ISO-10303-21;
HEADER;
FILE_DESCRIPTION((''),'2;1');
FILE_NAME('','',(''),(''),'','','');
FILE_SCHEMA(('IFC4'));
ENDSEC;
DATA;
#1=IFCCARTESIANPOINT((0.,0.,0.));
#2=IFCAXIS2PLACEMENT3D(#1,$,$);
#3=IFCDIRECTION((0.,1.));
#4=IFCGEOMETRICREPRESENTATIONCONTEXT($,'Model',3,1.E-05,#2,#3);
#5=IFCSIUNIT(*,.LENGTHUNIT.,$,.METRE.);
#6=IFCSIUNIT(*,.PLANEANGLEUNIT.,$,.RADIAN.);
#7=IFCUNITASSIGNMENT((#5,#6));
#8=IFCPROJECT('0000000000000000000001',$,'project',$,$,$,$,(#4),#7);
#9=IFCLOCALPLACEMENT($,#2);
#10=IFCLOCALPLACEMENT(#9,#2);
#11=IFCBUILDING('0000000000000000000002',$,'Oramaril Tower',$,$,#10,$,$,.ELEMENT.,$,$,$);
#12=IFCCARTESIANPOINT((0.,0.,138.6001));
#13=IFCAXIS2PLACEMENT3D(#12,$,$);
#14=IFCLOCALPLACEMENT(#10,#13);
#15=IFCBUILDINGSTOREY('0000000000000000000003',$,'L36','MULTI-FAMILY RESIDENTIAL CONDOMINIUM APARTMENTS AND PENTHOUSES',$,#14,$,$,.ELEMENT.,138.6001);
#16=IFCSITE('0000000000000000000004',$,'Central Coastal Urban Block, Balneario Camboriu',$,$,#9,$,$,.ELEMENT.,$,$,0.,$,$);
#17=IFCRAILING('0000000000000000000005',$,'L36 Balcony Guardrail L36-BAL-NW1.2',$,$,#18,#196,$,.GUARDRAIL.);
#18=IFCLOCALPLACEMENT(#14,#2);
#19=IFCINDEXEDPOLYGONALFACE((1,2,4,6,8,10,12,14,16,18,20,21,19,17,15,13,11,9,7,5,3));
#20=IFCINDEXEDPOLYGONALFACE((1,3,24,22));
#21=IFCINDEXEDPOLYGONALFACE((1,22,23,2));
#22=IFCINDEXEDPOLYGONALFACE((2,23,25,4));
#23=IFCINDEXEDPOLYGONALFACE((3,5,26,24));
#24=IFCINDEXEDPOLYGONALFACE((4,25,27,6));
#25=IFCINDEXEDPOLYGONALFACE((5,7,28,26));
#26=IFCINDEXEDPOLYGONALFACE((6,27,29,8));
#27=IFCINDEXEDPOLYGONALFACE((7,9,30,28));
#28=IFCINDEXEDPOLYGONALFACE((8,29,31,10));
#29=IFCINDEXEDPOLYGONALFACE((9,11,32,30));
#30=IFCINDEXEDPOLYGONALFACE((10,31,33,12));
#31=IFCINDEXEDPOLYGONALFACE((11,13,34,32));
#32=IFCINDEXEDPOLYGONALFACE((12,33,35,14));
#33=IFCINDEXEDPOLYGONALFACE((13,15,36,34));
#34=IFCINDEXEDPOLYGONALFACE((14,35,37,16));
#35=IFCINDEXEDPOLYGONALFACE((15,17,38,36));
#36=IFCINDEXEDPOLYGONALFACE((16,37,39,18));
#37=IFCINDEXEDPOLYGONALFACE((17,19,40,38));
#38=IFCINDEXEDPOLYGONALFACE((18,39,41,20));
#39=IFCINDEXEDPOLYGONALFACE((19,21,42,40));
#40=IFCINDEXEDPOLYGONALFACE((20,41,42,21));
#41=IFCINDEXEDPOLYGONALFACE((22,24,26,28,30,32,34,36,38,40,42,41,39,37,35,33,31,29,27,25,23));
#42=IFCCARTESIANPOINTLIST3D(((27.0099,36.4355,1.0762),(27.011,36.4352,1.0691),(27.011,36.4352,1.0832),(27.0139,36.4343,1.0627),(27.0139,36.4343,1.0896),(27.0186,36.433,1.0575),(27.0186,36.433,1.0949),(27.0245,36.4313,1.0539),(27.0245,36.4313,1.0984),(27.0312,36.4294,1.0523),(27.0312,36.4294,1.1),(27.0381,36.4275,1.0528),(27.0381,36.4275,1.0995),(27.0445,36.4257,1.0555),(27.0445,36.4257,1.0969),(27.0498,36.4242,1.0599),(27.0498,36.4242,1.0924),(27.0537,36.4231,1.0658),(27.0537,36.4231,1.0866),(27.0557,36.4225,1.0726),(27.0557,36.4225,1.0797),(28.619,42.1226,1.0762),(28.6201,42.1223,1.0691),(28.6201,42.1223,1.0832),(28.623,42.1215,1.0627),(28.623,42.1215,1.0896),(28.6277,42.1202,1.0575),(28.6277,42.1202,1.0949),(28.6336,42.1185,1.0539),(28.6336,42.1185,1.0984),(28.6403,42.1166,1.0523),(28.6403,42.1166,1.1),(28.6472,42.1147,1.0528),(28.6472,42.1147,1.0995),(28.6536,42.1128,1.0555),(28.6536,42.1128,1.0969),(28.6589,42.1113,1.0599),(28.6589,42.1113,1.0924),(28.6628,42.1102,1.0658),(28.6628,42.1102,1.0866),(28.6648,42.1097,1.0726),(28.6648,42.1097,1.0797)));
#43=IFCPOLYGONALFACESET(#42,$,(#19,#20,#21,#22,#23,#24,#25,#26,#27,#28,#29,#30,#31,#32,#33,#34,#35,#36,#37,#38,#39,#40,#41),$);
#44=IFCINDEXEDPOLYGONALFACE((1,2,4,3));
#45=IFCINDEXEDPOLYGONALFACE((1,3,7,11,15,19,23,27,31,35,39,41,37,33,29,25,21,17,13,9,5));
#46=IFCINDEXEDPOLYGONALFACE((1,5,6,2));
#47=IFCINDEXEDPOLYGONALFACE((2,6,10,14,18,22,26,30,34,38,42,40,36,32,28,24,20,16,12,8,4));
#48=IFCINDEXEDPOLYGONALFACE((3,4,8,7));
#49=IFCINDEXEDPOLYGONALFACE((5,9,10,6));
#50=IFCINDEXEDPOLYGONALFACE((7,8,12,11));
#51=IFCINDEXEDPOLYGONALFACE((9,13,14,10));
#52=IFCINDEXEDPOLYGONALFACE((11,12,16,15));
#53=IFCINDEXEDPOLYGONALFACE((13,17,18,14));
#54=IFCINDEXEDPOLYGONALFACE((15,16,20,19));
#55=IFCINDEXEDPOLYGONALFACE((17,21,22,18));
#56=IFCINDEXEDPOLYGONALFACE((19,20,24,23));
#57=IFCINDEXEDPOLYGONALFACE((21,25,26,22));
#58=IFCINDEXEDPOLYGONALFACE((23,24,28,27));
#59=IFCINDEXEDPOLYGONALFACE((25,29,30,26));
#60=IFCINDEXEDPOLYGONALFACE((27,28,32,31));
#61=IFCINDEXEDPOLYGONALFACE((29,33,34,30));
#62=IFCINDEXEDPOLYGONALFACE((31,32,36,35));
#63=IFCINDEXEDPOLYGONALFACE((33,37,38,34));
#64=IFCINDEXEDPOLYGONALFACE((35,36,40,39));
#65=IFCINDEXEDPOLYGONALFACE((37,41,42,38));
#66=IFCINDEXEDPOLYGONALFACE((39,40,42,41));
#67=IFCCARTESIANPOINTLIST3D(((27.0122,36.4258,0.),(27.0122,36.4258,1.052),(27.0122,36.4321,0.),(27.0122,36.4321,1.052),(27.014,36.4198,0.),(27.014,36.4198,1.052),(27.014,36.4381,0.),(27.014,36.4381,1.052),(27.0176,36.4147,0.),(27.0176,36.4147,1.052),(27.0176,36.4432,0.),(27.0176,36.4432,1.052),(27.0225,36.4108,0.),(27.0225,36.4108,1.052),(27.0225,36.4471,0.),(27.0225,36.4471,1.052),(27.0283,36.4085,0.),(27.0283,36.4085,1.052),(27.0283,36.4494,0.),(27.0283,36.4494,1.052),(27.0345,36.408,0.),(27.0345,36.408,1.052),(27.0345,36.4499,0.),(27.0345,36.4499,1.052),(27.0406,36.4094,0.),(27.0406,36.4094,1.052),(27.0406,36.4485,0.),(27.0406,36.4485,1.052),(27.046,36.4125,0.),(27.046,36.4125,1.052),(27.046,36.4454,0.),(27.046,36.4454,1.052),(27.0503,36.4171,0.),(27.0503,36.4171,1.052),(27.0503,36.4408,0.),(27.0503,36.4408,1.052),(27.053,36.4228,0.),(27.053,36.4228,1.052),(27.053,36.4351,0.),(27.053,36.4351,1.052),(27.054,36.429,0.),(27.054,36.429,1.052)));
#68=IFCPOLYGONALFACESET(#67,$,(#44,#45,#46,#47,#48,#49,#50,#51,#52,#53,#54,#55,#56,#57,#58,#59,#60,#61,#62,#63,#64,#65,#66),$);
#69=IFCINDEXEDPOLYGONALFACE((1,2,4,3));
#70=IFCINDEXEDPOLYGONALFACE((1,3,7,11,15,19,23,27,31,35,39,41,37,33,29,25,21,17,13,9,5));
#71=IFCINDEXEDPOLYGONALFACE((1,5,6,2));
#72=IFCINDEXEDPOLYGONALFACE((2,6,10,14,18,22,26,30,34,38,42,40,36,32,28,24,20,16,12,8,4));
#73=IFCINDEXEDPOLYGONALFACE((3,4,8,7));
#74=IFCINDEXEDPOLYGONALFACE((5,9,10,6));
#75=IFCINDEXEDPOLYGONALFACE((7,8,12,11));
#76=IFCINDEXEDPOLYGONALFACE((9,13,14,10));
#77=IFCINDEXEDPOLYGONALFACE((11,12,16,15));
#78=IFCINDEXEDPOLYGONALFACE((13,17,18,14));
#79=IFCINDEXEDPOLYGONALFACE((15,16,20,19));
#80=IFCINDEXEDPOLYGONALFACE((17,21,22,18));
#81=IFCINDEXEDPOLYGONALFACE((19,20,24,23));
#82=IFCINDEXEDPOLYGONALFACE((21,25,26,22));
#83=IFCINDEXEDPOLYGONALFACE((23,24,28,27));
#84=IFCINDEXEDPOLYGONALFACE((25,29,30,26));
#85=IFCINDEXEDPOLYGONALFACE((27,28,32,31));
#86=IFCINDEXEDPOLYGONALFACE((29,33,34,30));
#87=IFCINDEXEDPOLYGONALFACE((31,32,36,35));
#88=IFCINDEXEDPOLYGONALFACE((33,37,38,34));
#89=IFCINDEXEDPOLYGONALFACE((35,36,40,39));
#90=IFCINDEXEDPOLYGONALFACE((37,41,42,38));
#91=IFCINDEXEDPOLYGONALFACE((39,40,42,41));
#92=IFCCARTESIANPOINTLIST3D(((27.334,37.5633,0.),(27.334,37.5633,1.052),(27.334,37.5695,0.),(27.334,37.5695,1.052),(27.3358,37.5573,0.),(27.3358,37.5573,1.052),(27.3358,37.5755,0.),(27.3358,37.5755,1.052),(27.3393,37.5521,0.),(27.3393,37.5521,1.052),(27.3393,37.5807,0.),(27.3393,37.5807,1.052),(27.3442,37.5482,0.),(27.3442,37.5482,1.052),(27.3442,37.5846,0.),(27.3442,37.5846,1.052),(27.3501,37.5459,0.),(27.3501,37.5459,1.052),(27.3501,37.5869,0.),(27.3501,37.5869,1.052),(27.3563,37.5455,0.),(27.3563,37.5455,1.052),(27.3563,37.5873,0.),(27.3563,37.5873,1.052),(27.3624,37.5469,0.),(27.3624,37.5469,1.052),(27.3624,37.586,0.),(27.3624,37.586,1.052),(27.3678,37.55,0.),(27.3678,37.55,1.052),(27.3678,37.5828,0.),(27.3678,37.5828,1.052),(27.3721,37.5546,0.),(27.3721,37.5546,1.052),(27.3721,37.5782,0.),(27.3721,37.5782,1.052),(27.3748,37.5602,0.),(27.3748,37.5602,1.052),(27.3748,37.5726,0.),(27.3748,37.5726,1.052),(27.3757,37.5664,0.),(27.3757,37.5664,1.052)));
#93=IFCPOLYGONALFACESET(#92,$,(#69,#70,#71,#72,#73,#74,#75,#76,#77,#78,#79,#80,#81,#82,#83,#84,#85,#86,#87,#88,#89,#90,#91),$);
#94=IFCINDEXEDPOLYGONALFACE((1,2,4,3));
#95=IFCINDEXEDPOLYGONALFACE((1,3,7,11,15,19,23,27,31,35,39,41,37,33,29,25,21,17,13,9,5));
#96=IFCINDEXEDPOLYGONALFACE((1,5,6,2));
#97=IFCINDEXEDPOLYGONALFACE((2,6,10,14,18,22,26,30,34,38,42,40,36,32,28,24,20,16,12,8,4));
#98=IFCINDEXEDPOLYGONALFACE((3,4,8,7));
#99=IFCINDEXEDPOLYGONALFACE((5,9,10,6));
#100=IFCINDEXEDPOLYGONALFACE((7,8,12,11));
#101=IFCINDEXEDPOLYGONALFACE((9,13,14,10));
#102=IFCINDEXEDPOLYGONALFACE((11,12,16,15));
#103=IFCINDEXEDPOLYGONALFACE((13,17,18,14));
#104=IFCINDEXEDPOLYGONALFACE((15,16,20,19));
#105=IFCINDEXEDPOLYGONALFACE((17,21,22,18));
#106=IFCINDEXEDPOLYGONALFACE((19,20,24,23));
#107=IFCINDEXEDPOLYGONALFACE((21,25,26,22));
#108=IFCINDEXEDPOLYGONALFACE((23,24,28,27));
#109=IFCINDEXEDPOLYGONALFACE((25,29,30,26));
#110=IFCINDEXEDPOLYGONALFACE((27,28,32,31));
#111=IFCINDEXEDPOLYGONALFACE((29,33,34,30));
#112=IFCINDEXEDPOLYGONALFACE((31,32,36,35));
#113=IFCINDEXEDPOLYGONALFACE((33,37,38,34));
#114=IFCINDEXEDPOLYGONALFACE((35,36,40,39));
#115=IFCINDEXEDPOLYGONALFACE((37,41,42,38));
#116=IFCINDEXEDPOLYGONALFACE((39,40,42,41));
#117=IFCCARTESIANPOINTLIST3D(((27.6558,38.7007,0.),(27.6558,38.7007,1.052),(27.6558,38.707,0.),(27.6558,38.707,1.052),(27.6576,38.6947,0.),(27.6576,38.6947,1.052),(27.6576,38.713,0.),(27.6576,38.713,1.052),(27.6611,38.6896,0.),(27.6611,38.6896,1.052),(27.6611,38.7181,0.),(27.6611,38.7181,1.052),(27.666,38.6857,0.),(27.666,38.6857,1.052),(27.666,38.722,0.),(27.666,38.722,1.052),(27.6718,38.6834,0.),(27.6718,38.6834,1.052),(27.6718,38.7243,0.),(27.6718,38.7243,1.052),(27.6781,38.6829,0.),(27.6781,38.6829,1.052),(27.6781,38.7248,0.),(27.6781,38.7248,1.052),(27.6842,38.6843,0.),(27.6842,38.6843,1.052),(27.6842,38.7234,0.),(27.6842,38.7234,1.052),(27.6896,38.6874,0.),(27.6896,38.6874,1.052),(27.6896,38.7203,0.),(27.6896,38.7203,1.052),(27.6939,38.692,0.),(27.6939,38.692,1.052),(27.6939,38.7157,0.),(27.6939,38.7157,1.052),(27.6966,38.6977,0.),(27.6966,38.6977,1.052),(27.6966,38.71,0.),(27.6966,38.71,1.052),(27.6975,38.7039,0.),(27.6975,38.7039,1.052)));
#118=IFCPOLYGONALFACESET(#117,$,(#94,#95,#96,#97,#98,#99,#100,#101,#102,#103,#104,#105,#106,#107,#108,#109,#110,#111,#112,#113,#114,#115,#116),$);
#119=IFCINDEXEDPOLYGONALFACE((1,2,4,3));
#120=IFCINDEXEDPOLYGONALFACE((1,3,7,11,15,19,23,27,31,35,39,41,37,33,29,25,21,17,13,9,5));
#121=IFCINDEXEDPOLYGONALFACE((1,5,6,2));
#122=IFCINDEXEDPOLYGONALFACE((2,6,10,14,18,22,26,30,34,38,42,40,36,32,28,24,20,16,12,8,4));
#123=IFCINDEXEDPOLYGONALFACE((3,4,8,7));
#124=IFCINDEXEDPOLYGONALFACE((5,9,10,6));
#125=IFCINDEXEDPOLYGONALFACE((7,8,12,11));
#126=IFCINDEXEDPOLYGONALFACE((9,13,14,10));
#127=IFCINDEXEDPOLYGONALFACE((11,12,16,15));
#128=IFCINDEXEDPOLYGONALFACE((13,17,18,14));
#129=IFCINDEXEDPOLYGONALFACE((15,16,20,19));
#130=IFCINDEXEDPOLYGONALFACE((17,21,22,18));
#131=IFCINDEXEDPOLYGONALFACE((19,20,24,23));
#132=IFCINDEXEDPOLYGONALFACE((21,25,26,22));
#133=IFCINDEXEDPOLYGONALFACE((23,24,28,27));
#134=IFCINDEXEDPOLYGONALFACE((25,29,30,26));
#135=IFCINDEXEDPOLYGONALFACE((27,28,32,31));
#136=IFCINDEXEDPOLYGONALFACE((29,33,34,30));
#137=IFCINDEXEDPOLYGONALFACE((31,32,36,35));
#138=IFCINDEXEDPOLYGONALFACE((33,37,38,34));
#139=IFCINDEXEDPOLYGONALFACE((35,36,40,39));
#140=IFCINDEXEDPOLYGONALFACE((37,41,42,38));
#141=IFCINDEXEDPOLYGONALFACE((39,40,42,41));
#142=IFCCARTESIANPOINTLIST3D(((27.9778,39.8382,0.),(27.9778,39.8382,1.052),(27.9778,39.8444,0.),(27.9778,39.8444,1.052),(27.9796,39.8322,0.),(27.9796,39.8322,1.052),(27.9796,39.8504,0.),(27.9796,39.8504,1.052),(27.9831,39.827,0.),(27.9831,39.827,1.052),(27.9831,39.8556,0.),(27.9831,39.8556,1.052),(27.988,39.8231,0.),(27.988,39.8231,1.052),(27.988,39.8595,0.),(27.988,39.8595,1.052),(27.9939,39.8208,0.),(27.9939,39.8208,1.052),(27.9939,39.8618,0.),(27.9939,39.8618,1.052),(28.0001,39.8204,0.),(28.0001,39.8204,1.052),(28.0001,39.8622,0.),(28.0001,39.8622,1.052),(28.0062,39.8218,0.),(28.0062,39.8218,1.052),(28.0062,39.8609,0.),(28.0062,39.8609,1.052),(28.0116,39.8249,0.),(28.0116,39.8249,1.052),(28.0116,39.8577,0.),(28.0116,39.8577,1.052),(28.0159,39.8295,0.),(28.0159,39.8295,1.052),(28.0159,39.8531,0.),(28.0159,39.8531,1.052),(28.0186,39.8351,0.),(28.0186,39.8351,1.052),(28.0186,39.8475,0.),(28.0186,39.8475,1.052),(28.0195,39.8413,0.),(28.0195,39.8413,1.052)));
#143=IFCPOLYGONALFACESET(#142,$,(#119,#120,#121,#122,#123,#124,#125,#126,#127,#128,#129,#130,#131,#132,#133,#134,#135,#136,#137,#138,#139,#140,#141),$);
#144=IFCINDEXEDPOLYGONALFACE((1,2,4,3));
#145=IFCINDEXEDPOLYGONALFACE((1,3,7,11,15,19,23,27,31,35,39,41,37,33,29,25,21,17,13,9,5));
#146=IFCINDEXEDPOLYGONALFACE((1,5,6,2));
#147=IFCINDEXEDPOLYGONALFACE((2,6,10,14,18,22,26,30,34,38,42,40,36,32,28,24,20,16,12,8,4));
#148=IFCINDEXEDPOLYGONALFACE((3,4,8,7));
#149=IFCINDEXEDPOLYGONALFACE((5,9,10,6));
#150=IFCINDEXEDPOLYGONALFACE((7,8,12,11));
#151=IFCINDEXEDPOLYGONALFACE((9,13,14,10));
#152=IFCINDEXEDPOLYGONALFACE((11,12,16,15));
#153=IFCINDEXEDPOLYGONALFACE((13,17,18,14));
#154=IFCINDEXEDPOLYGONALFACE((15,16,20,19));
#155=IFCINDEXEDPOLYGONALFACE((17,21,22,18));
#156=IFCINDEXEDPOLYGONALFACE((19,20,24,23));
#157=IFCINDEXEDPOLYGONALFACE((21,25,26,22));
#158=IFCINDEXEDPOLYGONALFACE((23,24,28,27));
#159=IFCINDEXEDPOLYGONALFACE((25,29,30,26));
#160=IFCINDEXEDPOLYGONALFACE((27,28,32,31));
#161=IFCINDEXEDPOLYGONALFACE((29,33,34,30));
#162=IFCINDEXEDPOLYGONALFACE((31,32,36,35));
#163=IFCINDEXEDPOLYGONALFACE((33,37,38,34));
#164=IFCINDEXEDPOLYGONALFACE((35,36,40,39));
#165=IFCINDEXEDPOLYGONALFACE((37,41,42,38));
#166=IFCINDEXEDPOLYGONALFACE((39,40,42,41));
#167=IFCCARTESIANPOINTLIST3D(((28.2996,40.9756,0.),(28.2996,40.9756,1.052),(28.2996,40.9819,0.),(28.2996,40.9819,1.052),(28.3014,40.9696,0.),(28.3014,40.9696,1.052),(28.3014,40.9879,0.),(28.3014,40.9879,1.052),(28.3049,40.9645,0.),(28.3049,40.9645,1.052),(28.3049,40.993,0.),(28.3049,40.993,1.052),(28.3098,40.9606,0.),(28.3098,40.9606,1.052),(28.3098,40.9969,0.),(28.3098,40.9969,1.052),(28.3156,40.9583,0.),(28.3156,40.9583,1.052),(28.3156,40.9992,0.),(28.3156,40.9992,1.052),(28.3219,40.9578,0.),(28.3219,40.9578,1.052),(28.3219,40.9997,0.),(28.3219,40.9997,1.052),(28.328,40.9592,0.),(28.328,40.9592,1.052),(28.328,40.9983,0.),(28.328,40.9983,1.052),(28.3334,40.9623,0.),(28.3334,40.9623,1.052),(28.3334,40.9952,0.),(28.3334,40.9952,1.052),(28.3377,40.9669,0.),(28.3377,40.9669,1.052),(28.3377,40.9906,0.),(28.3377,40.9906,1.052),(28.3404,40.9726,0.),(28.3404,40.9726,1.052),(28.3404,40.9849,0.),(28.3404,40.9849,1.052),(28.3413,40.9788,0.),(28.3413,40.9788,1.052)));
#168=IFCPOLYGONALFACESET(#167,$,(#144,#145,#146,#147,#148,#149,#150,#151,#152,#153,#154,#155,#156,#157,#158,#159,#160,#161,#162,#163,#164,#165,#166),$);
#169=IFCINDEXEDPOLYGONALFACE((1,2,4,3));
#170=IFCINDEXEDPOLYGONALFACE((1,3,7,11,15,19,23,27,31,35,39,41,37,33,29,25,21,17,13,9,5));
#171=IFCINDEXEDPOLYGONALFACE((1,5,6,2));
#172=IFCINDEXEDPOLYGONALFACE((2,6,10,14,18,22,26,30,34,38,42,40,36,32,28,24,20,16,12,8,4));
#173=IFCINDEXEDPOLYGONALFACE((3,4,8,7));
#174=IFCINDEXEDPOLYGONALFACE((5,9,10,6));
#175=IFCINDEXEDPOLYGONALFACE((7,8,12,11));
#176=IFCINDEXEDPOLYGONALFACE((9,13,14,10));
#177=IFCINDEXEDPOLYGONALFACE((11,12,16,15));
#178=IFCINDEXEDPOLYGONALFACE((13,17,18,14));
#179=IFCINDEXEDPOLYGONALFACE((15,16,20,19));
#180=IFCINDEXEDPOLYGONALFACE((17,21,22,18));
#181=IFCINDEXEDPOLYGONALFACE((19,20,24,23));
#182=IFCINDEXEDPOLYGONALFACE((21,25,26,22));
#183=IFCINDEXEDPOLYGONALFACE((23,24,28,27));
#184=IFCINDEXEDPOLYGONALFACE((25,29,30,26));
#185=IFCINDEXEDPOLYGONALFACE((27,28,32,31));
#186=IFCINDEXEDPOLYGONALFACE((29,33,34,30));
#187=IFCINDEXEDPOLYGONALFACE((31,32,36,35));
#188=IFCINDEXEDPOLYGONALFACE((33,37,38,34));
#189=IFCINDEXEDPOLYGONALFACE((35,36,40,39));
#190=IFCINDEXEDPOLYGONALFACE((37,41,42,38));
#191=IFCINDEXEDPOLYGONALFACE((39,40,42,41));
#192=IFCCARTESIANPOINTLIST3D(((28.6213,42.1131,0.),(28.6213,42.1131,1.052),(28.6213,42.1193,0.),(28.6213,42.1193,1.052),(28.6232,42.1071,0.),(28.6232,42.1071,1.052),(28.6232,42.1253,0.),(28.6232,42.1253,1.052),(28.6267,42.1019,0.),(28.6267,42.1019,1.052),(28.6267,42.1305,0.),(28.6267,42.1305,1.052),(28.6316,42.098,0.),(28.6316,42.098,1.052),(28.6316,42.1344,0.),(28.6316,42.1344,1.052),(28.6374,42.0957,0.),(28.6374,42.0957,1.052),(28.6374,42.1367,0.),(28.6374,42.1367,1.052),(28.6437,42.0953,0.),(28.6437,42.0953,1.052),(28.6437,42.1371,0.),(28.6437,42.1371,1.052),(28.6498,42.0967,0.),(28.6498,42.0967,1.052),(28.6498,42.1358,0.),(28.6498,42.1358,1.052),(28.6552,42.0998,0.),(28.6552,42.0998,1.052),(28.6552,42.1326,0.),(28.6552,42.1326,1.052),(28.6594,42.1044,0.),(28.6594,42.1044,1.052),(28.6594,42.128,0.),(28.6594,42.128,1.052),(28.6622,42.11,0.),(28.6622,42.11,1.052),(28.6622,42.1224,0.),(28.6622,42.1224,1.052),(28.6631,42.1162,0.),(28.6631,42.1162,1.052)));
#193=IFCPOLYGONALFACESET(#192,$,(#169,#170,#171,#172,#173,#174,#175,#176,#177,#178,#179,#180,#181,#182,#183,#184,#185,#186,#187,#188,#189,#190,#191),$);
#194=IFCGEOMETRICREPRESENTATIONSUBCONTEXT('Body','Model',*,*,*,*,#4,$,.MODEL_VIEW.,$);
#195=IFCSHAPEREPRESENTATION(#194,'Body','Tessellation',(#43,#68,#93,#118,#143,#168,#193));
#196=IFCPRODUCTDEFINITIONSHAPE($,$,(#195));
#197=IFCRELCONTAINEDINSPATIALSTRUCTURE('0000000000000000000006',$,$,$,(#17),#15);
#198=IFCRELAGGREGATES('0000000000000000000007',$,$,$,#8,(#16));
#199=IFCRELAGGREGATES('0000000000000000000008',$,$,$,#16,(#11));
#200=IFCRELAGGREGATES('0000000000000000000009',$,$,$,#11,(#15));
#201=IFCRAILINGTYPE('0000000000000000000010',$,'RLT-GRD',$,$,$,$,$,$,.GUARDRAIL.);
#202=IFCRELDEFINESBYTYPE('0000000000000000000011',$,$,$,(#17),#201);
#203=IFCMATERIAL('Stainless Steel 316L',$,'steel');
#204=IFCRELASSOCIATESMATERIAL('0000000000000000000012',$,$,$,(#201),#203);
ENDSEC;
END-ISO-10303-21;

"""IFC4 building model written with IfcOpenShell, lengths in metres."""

from ifc_helpers import new_model, si_unit, direction, frame, origin, origin_2d, place, context, subcontext, project, spatial, circle, extrude, material, type_object, element, save


model = new_model("IFC4")

# Units and contexts
model_context = context("Model", 3, precision=1e-05, world=origin(), true_north=direction((0.0, 1.0)))
body_context = subcontext(model_context, "Body", "Model", "MODEL_VIEW")
ifc_project = project(units=[si_unit("LENGTHUNIT", "METRE"), si_unit("PLANEANGLEUNIT", "RADIAN")], contexts=[model_context])

# Site, building, storey
site_placement = place(None, origin())
site = spatial("IfcSite", under=ifc_project, at=site_placement, Name="Central Coastal Urban Block, Balneario Camboriu", CompositionType="ELEMENT", RefElevation=0.0)
building_placement = place(site_placement, origin())
building = spatial("IfcBuilding", under=site, at=building_placement, Name="Oramaril Tower", CompositionType="ELEMENT")
storey_placement = place(building_placement, frame((0.0, 0.0, 138.6001)))
storey = spatial("IfcBuildingStorey", under=building, at=storey_placement, Name="L36", Description="MULTI-FAMILY RESIDENTIAL CONDOMINIUM APARTMENTS AND PENTHOUSES", CompositionType="ELEMENT", Elevation=138.6001)

# Railing
ifc_material_1 = material(Name="Stainless Steel 316L", Category="steel")
railing_type = type_object("IfcRailingType", Name="RLT-GRD", PredefinedType="GUARDRAIL", material=ifc_material_1)
railing_1_placement = place(storey_placement, frame((27.033, 36.429, 0.0)))
element("IfcRailing", 1, at=railing_1_placement, inside=storey, type_object=railing_type, Name="L36 Balcony Guardrail L36-BAL-NW1.2", PredefinedType="GUARDRAIL", context=body_context, shape_type="SweptSolid", body=[
    extrude(circle(Radius=0.0239, at=origin_2d()), frame((0.0, 0.0, 1.0762), z_axis=(0.272249, 0.962227, 0.0), x_axis=(-0.962227, 0.272249, 0.0)), (0.0, 0.0, 1.0), 5.9104),
    extrude(circle(Radius=0.021, at=origin_2d()), origin(), (0.0, 0.0, 1.0), 1.052),
    extrude(circle(Radius=0.021, at=origin_2d()), frame((0.3218, 1.1375, 0.0)), (0.0, 0.0, 1.0), 1.052),
    extrude(circle(Radius=0.021, at=origin_2d()), frame((0.6436, 2.2749, 0.0)), (0.0, 0.0, 1.0), 1.052),
    extrude(circle(Radius=0.021, at=origin_2d()), frame((0.9656, 3.4124, 0.0)), (0.0, 0.0, 1.0), 1.052),
    extrude(circle(Radius=0.021, at=origin_2d()), frame((1.2874, 4.5498, 0.0)), (0.0, 0.0, 1.0), 1.052),
    extrude(circle(Radius=0.021, at=origin_2d()), frame((1.6091, 5.6873, 0.0)), (0.0, 0.0, 1.0), 1.052),
])

save(model, "model.ifc")
